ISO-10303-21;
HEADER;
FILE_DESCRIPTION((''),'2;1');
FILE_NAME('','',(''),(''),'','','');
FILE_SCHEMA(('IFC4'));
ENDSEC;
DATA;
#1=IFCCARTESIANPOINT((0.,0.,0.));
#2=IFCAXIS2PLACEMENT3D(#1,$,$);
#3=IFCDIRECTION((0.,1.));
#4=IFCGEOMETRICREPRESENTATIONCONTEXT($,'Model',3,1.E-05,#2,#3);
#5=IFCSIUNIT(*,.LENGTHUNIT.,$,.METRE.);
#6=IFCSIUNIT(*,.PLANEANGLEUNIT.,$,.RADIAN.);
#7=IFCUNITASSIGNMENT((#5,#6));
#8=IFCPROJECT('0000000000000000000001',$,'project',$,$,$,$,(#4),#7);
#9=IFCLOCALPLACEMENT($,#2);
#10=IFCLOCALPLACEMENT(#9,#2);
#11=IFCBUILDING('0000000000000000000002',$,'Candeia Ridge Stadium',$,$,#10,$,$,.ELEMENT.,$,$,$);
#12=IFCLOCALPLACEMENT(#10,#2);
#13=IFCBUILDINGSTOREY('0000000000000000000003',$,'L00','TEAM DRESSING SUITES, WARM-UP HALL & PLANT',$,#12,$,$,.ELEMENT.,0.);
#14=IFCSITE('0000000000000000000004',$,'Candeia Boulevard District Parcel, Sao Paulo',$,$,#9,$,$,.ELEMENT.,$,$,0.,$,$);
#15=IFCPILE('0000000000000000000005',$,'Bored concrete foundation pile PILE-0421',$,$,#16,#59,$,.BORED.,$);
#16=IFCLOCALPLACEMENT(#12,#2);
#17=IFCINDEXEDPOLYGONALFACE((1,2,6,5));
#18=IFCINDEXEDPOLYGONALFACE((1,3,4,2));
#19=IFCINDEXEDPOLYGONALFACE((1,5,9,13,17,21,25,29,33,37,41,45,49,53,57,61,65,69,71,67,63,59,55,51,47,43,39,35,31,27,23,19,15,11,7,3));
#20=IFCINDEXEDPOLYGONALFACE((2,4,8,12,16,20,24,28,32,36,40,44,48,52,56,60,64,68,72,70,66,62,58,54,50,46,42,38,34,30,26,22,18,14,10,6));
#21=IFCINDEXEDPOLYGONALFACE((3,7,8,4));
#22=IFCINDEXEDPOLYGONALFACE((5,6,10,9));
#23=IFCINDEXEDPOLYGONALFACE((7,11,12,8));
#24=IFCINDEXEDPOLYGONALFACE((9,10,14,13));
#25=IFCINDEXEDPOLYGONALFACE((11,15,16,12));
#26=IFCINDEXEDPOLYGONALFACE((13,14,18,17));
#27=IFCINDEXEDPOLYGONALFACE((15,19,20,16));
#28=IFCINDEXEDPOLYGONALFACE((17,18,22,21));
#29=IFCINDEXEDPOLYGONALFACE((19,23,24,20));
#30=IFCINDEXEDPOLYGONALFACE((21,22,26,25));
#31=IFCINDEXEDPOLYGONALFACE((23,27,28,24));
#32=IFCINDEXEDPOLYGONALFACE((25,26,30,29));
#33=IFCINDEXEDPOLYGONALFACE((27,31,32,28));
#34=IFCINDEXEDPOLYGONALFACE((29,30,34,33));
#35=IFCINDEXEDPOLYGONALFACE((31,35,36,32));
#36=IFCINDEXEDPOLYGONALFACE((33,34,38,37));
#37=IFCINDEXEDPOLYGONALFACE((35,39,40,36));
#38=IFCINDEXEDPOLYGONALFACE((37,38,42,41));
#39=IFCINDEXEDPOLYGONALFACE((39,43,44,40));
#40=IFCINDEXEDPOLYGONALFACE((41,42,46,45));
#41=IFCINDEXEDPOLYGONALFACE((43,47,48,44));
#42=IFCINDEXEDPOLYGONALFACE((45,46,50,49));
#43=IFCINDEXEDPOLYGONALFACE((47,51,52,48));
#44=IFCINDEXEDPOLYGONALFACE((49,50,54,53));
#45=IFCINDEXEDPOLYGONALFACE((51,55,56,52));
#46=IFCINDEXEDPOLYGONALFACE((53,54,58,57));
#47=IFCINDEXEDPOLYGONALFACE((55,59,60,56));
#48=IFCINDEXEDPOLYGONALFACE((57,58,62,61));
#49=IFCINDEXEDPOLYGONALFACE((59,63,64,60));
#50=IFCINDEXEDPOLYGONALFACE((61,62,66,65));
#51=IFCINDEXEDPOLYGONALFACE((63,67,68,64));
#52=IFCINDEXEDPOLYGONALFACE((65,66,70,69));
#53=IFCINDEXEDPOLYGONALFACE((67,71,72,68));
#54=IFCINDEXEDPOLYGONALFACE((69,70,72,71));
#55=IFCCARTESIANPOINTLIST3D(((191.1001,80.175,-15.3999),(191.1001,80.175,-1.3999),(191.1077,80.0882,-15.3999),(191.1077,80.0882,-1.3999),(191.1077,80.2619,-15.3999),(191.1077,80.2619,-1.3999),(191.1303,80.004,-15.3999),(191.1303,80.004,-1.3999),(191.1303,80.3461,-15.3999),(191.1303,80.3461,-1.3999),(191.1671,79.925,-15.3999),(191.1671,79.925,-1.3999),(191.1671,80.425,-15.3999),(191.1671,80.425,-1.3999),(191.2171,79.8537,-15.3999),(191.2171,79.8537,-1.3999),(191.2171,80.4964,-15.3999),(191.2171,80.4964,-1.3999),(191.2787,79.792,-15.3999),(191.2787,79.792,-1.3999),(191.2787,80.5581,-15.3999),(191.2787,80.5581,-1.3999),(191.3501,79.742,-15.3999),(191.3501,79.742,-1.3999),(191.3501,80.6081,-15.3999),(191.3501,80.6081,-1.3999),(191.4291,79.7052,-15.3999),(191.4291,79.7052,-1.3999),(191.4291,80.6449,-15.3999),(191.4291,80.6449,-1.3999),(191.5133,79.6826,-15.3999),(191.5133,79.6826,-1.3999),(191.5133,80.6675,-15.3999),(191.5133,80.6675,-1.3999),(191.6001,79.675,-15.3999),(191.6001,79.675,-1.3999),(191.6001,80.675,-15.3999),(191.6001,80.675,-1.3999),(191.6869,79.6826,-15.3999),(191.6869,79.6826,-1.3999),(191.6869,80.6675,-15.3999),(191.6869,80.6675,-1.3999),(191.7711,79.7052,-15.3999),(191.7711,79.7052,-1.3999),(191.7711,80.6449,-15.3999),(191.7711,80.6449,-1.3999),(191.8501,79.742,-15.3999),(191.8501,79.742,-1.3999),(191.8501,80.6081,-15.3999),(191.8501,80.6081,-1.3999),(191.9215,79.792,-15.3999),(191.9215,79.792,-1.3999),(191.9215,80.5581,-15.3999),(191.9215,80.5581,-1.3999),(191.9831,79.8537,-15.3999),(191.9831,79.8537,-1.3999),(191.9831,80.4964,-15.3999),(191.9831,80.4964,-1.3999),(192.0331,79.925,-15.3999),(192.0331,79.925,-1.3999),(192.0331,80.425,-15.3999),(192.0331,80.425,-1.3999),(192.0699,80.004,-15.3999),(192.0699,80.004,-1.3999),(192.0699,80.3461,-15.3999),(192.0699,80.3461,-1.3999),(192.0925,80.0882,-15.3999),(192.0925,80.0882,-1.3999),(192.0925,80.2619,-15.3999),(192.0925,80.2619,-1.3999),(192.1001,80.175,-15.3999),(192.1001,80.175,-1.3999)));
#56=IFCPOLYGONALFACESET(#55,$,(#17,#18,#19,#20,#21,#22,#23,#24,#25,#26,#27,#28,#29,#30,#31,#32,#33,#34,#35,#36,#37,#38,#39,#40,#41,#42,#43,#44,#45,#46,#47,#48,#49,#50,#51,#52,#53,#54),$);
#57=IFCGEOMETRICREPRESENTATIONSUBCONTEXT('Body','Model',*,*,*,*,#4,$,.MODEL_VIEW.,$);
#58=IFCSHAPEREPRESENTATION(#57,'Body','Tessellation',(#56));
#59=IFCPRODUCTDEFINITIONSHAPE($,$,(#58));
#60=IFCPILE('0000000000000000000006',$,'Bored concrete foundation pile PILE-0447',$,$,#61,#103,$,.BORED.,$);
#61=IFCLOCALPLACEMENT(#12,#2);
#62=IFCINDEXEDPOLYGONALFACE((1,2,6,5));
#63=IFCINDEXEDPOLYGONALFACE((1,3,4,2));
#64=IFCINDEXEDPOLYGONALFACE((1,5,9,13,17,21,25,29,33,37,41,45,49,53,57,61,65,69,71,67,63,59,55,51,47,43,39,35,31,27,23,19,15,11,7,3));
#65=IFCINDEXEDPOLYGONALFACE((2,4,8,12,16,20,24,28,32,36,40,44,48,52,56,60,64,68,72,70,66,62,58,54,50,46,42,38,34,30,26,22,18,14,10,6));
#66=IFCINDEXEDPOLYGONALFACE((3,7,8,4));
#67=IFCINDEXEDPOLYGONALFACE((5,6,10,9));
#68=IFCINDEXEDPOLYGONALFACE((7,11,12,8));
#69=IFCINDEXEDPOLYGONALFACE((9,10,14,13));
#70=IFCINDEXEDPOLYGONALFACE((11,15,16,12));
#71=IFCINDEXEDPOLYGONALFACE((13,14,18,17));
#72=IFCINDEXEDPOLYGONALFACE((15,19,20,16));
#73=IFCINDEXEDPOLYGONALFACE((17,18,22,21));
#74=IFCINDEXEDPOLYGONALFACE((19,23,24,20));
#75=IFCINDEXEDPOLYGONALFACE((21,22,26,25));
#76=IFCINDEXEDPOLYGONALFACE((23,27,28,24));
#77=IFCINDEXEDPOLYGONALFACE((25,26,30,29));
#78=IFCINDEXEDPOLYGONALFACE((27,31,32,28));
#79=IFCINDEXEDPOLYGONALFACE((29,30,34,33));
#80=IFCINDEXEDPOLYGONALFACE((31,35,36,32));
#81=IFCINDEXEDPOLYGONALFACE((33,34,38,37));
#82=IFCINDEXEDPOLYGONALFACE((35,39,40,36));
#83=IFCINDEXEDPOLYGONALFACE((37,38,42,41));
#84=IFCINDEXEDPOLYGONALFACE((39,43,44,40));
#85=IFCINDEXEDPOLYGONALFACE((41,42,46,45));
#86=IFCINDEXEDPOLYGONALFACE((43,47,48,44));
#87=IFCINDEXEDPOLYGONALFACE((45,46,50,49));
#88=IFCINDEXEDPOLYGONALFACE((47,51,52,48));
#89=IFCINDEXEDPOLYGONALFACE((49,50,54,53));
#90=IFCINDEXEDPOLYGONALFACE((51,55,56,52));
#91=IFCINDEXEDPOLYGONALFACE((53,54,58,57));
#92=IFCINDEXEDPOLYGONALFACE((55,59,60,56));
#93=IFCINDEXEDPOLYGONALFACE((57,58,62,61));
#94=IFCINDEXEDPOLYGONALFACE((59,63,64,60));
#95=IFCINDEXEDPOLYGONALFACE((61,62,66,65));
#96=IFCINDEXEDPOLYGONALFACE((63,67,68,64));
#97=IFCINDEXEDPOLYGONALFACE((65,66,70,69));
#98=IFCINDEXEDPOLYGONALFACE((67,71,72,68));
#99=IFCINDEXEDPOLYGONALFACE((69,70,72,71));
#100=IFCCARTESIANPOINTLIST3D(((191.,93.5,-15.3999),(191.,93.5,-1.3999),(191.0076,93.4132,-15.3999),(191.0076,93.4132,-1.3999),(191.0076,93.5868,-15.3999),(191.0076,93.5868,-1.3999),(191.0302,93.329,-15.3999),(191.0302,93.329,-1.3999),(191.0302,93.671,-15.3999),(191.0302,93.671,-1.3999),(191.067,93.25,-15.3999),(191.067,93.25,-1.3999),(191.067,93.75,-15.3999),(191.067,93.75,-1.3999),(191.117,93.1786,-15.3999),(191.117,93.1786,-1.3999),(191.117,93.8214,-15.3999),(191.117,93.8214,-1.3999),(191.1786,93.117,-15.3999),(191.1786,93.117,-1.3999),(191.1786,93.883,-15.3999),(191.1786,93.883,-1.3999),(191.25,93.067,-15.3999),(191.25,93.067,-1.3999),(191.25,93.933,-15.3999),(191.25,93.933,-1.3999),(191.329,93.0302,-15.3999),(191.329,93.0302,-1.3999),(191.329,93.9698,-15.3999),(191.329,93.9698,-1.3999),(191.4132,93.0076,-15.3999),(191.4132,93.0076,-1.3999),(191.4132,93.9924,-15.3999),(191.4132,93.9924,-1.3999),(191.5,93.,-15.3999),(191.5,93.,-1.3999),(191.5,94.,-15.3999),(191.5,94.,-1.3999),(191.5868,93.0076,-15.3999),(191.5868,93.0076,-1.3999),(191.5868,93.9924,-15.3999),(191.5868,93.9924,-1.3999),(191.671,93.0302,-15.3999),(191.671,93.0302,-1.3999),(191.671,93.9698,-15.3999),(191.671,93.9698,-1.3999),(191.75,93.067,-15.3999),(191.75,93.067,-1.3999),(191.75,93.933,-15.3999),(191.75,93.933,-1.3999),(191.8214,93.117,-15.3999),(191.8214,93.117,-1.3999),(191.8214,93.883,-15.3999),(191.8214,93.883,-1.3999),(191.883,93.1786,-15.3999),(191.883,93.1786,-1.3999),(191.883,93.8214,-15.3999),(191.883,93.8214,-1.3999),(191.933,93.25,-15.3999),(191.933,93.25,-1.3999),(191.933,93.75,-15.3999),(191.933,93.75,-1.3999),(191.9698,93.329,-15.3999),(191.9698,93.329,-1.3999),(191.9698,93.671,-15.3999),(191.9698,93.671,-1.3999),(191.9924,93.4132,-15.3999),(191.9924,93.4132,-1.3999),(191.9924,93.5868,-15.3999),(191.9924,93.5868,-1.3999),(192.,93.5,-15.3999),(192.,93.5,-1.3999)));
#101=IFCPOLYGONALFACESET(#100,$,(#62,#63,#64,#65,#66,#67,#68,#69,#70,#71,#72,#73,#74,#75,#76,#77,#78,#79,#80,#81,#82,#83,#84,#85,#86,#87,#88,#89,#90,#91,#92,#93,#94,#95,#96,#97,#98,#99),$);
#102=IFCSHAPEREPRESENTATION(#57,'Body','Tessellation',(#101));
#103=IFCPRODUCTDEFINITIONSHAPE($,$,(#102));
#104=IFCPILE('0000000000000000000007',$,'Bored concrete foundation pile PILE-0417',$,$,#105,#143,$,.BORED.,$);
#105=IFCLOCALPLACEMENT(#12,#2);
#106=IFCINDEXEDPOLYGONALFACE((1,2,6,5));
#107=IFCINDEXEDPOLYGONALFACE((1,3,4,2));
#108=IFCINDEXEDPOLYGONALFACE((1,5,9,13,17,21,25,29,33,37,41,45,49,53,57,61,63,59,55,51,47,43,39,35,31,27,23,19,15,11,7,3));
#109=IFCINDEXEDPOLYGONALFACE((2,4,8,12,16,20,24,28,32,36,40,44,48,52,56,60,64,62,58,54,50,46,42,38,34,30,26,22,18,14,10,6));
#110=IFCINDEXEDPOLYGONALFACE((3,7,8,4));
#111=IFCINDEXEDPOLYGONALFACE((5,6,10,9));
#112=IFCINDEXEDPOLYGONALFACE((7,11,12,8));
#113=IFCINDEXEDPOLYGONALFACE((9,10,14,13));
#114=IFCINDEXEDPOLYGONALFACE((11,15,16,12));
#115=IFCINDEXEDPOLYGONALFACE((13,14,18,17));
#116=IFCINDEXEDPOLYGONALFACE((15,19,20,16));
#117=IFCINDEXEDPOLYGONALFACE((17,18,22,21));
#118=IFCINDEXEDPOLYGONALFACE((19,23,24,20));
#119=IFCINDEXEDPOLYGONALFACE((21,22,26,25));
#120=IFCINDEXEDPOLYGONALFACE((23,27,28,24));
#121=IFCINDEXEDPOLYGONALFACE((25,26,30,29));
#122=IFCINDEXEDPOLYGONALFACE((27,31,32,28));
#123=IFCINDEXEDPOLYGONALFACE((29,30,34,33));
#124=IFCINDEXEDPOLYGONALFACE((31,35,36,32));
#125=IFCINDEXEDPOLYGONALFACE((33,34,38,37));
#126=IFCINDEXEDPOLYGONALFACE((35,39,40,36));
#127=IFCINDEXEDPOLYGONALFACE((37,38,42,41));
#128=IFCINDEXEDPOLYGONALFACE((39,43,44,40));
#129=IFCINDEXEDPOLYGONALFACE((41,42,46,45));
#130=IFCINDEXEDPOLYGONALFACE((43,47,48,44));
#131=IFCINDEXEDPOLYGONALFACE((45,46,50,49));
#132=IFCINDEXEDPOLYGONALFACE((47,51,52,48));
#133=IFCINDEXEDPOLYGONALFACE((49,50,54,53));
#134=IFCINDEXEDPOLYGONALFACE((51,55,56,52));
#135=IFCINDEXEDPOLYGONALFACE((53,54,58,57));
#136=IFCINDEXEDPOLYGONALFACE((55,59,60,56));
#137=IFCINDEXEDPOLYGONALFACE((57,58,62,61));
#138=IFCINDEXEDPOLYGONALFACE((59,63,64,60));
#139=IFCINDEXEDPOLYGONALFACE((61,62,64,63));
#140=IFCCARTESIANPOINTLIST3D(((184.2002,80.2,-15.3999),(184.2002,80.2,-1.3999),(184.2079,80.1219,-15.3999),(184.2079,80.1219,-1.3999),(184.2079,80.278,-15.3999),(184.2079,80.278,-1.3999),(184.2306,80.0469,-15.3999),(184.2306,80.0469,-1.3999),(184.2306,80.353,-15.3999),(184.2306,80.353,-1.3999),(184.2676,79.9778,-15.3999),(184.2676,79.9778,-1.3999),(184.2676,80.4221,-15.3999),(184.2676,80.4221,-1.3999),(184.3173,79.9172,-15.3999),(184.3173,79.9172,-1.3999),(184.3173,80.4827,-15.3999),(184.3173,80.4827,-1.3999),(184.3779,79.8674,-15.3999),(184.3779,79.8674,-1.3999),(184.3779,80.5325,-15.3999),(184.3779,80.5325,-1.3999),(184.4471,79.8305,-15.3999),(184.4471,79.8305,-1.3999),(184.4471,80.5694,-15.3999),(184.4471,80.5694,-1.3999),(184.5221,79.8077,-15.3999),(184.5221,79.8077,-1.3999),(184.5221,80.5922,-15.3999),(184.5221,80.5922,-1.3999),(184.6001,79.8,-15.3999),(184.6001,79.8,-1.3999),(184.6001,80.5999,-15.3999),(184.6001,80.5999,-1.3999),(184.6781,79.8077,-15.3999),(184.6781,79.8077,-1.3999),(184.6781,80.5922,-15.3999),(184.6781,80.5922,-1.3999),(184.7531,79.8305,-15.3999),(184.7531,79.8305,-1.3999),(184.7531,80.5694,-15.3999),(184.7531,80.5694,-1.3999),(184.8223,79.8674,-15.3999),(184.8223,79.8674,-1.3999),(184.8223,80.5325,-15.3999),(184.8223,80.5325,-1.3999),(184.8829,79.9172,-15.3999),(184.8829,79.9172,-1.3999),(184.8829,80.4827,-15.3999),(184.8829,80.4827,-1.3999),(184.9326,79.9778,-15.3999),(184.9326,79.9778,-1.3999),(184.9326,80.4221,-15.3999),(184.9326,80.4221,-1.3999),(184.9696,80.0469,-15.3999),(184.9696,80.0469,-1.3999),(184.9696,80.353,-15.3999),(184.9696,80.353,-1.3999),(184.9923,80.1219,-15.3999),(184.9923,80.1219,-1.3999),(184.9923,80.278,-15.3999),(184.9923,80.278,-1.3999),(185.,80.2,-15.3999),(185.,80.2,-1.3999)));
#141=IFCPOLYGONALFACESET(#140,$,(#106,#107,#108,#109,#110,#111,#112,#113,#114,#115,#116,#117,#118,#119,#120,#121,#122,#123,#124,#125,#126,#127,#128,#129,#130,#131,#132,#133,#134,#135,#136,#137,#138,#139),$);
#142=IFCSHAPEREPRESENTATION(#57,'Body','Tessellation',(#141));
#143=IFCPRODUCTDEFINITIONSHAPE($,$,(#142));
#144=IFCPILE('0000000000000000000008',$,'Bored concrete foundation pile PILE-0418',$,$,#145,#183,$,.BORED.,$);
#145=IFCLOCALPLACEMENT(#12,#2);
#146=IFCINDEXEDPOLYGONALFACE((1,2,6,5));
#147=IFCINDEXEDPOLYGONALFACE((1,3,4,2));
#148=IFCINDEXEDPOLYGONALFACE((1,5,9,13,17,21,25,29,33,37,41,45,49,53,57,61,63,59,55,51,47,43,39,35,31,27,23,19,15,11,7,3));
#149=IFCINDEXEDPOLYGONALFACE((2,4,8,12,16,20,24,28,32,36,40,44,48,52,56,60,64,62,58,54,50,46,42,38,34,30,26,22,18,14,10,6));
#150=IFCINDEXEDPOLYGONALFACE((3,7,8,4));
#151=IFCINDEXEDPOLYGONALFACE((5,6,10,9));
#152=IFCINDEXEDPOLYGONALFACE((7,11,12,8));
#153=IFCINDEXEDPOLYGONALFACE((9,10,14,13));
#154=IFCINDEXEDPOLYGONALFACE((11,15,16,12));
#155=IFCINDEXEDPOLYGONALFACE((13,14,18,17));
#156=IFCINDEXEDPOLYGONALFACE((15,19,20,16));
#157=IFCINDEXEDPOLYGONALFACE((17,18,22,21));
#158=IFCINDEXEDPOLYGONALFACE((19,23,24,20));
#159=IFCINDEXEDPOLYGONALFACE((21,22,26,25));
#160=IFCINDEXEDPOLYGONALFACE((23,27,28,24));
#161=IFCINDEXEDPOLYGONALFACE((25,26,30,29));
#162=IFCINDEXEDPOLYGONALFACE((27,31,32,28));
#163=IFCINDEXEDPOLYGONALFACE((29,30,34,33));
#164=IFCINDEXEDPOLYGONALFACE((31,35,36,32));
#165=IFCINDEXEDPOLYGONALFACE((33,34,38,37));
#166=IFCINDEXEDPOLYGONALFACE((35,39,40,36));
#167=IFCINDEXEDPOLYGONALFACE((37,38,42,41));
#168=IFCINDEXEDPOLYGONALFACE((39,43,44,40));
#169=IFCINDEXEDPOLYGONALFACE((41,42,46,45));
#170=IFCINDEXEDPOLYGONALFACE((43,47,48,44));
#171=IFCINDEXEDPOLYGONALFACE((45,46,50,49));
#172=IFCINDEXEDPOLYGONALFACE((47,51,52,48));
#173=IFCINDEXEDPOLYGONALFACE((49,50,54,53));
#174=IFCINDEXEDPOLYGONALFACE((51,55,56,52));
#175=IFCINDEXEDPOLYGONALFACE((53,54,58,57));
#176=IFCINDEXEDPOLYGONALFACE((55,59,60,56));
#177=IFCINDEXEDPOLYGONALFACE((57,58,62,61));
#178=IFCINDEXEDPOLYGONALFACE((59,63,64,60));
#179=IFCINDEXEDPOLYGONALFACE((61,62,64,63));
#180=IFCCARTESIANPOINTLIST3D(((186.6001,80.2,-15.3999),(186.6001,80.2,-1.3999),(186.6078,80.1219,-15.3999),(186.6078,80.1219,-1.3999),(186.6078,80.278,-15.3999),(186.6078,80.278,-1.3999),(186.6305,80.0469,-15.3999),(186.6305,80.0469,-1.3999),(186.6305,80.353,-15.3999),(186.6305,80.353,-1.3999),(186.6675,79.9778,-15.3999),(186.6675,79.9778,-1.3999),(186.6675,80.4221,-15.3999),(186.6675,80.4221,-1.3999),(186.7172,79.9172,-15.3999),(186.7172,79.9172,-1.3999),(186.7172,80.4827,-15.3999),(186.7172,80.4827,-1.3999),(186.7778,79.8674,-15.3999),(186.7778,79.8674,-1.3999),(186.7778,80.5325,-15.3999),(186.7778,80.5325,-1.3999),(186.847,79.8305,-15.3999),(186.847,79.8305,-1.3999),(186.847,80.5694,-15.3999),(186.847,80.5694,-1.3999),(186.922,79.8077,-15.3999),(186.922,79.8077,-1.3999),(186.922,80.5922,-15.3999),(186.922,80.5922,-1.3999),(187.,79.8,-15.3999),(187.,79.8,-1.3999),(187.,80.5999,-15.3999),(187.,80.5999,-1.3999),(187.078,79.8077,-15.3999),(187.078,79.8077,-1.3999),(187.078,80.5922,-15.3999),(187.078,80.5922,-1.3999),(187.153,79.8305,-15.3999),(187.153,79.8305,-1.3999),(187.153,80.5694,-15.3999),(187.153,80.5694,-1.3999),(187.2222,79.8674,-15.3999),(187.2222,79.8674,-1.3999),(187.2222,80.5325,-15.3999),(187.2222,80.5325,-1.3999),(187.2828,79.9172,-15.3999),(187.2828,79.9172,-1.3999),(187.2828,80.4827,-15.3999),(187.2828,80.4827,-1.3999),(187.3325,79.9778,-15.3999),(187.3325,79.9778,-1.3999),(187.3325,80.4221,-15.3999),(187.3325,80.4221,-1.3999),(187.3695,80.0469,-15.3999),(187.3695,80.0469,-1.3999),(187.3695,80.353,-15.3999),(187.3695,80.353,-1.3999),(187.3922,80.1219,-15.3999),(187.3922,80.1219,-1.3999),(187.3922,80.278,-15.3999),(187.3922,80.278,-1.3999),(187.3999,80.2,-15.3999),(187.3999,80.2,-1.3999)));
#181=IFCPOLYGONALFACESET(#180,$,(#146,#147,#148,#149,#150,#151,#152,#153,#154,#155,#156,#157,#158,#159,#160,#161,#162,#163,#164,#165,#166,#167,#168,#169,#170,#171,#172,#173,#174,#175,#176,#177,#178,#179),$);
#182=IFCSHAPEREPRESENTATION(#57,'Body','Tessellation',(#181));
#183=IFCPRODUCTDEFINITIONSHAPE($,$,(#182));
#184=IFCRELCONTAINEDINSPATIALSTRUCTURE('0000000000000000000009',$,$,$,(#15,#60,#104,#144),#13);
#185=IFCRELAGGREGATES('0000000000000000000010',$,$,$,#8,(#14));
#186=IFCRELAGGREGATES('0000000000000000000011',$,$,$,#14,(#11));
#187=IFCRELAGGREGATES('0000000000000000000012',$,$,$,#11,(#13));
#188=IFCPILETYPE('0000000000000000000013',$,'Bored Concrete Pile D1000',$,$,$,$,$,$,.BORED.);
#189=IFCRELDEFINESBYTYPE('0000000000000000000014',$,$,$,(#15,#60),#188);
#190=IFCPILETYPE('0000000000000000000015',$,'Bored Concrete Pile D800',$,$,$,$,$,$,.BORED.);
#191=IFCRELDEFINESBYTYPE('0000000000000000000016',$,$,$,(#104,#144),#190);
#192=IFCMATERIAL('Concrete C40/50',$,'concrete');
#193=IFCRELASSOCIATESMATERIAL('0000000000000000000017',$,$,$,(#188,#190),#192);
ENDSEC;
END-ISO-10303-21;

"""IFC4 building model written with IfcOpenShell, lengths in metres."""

from ifc_helpers import new_model, si_unit, direction, frame, origin, origin_2d, place, context, subcontext, project, spatial, circle, extrude, material, material_profile, profile_set, type_object, element, save


model = new_model("IFC4")

# Units and contexts
model_context = context("Model", 3, precision=1e-05, world=origin(), true_north=direction((0.0, 1.0)))
body_context = subcontext(model_context, "Body", "Model", "MODEL_VIEW")
ifc_project = project(units=[si_unit("LENGTHUNIT", "METRE"), si_unit("PLANEANGLEUNIT", "RADIAN")], contexts=[model_context])

# Site, building, storey
site_placement = place(None, origin())
site = spatial("IfcSite", under=ifc_project, at=site_placement, Name="Candeia Boulevard District Parcel, Sao Paulo", CompositionType="ELEMENT", RefElevation=0.0)
building_placement = place(site_placement, origin())
building = spatial("IfcBuilding", under=site, at=building_placement, Name="Candeia Ridge Stadium", CompositionType="ELEMENT")
storey_placement = place(building_placement, origin())
storey = spatial("IfcBuildingStorey", under=building, at=storey_placement, Name="L00", Description="TEAM DRESSING SUITES, WARM-UP HALL & PLANT", CompositionType="ELEMENT", Elevation=0.0)

# Piles
ifc_material_1 = material(Name="Concrete C40/50", Category="concrete")
ifc_material_profile_1 = material_profile(ifc_material_1, circle(Radius=0.5, at=origin_2d()), Name="PILE-D1000", Category="concrete")
ifc_profile_set_1 = profile_set([ifc_material_profile_1], Name="Concrete C40/50")
pile_type_1 = type_object("IfcPileType", Name="Bored Concrete Pile D1000", PredefinedType="BORED", material=ifc_profile_set_1)
for number, where, z_axis, x_axis, name in (
    (1, (191.6001, 80.175, -1.3999), (0.0, 0.0, -1.0), (1.0, 0.0, 0.0), "Bored concrete foundation pile PILE-0421"),
    (2, (191.5, 93.5, -1.3999), (0.0, 0.0, -1.0), (1.0, 0.0, 0.0), "Bored concrete foundation pile PILE-0447"),
):
    element("IfcPile", number, at=place(storey_placement, frame(where, z_axis=z_axis, x_axis=x_axis)), inside=storey, type_object=pile_type_1, Name=name, PredefinedType="BORED", context=body_context, shape_type="SweptSolid", body=[
        extrude(circle(Radius=0.5, at=origin_2d()), origin(), (0.0, 0.0, 1.0), 14.0),
    ])
ifc_material_profile_2 = material_profile(ifc_material_1, circle(Radius=0.3999, at=origin_2d()), Name="PILE-D800", Category="concrete")
ifc_profile_set_2 = profile_set([ifc_material_profile_2], Name="Concrete C40/50")
pile_type_2 = type_object("IfcPileType", Name="Bored Concrete Pile D800", PredefinedType="BORED", material=ifc_profile_set_2)
for number, where, z_axis, x_axis, name in (
    (3, (184.6001, 80.2, -1.3999), (0.0, 0.0, -1.0), (1.0, 0.0, 0.0), "Bored concrete foundation pile PILE-0417"),
    (4, (187.0, 80.2, -1.3999), (0.0, 0.0, -1.0), (1.0, 0.0, 0.0), "Bored concrete foundation pile PILE-0418"),
):
    element("IfcPile", number, at=place(storey_placement, frame(where, z_axis=z_axis, x_axis=x_axis)), inside=storey, type_object=pile_type_2, Name=name, PredefinedType="BORED", context=body_context, shape_type="SweptSolid", body=[
        extrude(circle(Radius=0.3999, at=origin_2d()), origin(), (0.0, 0.0, 1.0), 14.0),
    ])

save(model, "model.ifc")
